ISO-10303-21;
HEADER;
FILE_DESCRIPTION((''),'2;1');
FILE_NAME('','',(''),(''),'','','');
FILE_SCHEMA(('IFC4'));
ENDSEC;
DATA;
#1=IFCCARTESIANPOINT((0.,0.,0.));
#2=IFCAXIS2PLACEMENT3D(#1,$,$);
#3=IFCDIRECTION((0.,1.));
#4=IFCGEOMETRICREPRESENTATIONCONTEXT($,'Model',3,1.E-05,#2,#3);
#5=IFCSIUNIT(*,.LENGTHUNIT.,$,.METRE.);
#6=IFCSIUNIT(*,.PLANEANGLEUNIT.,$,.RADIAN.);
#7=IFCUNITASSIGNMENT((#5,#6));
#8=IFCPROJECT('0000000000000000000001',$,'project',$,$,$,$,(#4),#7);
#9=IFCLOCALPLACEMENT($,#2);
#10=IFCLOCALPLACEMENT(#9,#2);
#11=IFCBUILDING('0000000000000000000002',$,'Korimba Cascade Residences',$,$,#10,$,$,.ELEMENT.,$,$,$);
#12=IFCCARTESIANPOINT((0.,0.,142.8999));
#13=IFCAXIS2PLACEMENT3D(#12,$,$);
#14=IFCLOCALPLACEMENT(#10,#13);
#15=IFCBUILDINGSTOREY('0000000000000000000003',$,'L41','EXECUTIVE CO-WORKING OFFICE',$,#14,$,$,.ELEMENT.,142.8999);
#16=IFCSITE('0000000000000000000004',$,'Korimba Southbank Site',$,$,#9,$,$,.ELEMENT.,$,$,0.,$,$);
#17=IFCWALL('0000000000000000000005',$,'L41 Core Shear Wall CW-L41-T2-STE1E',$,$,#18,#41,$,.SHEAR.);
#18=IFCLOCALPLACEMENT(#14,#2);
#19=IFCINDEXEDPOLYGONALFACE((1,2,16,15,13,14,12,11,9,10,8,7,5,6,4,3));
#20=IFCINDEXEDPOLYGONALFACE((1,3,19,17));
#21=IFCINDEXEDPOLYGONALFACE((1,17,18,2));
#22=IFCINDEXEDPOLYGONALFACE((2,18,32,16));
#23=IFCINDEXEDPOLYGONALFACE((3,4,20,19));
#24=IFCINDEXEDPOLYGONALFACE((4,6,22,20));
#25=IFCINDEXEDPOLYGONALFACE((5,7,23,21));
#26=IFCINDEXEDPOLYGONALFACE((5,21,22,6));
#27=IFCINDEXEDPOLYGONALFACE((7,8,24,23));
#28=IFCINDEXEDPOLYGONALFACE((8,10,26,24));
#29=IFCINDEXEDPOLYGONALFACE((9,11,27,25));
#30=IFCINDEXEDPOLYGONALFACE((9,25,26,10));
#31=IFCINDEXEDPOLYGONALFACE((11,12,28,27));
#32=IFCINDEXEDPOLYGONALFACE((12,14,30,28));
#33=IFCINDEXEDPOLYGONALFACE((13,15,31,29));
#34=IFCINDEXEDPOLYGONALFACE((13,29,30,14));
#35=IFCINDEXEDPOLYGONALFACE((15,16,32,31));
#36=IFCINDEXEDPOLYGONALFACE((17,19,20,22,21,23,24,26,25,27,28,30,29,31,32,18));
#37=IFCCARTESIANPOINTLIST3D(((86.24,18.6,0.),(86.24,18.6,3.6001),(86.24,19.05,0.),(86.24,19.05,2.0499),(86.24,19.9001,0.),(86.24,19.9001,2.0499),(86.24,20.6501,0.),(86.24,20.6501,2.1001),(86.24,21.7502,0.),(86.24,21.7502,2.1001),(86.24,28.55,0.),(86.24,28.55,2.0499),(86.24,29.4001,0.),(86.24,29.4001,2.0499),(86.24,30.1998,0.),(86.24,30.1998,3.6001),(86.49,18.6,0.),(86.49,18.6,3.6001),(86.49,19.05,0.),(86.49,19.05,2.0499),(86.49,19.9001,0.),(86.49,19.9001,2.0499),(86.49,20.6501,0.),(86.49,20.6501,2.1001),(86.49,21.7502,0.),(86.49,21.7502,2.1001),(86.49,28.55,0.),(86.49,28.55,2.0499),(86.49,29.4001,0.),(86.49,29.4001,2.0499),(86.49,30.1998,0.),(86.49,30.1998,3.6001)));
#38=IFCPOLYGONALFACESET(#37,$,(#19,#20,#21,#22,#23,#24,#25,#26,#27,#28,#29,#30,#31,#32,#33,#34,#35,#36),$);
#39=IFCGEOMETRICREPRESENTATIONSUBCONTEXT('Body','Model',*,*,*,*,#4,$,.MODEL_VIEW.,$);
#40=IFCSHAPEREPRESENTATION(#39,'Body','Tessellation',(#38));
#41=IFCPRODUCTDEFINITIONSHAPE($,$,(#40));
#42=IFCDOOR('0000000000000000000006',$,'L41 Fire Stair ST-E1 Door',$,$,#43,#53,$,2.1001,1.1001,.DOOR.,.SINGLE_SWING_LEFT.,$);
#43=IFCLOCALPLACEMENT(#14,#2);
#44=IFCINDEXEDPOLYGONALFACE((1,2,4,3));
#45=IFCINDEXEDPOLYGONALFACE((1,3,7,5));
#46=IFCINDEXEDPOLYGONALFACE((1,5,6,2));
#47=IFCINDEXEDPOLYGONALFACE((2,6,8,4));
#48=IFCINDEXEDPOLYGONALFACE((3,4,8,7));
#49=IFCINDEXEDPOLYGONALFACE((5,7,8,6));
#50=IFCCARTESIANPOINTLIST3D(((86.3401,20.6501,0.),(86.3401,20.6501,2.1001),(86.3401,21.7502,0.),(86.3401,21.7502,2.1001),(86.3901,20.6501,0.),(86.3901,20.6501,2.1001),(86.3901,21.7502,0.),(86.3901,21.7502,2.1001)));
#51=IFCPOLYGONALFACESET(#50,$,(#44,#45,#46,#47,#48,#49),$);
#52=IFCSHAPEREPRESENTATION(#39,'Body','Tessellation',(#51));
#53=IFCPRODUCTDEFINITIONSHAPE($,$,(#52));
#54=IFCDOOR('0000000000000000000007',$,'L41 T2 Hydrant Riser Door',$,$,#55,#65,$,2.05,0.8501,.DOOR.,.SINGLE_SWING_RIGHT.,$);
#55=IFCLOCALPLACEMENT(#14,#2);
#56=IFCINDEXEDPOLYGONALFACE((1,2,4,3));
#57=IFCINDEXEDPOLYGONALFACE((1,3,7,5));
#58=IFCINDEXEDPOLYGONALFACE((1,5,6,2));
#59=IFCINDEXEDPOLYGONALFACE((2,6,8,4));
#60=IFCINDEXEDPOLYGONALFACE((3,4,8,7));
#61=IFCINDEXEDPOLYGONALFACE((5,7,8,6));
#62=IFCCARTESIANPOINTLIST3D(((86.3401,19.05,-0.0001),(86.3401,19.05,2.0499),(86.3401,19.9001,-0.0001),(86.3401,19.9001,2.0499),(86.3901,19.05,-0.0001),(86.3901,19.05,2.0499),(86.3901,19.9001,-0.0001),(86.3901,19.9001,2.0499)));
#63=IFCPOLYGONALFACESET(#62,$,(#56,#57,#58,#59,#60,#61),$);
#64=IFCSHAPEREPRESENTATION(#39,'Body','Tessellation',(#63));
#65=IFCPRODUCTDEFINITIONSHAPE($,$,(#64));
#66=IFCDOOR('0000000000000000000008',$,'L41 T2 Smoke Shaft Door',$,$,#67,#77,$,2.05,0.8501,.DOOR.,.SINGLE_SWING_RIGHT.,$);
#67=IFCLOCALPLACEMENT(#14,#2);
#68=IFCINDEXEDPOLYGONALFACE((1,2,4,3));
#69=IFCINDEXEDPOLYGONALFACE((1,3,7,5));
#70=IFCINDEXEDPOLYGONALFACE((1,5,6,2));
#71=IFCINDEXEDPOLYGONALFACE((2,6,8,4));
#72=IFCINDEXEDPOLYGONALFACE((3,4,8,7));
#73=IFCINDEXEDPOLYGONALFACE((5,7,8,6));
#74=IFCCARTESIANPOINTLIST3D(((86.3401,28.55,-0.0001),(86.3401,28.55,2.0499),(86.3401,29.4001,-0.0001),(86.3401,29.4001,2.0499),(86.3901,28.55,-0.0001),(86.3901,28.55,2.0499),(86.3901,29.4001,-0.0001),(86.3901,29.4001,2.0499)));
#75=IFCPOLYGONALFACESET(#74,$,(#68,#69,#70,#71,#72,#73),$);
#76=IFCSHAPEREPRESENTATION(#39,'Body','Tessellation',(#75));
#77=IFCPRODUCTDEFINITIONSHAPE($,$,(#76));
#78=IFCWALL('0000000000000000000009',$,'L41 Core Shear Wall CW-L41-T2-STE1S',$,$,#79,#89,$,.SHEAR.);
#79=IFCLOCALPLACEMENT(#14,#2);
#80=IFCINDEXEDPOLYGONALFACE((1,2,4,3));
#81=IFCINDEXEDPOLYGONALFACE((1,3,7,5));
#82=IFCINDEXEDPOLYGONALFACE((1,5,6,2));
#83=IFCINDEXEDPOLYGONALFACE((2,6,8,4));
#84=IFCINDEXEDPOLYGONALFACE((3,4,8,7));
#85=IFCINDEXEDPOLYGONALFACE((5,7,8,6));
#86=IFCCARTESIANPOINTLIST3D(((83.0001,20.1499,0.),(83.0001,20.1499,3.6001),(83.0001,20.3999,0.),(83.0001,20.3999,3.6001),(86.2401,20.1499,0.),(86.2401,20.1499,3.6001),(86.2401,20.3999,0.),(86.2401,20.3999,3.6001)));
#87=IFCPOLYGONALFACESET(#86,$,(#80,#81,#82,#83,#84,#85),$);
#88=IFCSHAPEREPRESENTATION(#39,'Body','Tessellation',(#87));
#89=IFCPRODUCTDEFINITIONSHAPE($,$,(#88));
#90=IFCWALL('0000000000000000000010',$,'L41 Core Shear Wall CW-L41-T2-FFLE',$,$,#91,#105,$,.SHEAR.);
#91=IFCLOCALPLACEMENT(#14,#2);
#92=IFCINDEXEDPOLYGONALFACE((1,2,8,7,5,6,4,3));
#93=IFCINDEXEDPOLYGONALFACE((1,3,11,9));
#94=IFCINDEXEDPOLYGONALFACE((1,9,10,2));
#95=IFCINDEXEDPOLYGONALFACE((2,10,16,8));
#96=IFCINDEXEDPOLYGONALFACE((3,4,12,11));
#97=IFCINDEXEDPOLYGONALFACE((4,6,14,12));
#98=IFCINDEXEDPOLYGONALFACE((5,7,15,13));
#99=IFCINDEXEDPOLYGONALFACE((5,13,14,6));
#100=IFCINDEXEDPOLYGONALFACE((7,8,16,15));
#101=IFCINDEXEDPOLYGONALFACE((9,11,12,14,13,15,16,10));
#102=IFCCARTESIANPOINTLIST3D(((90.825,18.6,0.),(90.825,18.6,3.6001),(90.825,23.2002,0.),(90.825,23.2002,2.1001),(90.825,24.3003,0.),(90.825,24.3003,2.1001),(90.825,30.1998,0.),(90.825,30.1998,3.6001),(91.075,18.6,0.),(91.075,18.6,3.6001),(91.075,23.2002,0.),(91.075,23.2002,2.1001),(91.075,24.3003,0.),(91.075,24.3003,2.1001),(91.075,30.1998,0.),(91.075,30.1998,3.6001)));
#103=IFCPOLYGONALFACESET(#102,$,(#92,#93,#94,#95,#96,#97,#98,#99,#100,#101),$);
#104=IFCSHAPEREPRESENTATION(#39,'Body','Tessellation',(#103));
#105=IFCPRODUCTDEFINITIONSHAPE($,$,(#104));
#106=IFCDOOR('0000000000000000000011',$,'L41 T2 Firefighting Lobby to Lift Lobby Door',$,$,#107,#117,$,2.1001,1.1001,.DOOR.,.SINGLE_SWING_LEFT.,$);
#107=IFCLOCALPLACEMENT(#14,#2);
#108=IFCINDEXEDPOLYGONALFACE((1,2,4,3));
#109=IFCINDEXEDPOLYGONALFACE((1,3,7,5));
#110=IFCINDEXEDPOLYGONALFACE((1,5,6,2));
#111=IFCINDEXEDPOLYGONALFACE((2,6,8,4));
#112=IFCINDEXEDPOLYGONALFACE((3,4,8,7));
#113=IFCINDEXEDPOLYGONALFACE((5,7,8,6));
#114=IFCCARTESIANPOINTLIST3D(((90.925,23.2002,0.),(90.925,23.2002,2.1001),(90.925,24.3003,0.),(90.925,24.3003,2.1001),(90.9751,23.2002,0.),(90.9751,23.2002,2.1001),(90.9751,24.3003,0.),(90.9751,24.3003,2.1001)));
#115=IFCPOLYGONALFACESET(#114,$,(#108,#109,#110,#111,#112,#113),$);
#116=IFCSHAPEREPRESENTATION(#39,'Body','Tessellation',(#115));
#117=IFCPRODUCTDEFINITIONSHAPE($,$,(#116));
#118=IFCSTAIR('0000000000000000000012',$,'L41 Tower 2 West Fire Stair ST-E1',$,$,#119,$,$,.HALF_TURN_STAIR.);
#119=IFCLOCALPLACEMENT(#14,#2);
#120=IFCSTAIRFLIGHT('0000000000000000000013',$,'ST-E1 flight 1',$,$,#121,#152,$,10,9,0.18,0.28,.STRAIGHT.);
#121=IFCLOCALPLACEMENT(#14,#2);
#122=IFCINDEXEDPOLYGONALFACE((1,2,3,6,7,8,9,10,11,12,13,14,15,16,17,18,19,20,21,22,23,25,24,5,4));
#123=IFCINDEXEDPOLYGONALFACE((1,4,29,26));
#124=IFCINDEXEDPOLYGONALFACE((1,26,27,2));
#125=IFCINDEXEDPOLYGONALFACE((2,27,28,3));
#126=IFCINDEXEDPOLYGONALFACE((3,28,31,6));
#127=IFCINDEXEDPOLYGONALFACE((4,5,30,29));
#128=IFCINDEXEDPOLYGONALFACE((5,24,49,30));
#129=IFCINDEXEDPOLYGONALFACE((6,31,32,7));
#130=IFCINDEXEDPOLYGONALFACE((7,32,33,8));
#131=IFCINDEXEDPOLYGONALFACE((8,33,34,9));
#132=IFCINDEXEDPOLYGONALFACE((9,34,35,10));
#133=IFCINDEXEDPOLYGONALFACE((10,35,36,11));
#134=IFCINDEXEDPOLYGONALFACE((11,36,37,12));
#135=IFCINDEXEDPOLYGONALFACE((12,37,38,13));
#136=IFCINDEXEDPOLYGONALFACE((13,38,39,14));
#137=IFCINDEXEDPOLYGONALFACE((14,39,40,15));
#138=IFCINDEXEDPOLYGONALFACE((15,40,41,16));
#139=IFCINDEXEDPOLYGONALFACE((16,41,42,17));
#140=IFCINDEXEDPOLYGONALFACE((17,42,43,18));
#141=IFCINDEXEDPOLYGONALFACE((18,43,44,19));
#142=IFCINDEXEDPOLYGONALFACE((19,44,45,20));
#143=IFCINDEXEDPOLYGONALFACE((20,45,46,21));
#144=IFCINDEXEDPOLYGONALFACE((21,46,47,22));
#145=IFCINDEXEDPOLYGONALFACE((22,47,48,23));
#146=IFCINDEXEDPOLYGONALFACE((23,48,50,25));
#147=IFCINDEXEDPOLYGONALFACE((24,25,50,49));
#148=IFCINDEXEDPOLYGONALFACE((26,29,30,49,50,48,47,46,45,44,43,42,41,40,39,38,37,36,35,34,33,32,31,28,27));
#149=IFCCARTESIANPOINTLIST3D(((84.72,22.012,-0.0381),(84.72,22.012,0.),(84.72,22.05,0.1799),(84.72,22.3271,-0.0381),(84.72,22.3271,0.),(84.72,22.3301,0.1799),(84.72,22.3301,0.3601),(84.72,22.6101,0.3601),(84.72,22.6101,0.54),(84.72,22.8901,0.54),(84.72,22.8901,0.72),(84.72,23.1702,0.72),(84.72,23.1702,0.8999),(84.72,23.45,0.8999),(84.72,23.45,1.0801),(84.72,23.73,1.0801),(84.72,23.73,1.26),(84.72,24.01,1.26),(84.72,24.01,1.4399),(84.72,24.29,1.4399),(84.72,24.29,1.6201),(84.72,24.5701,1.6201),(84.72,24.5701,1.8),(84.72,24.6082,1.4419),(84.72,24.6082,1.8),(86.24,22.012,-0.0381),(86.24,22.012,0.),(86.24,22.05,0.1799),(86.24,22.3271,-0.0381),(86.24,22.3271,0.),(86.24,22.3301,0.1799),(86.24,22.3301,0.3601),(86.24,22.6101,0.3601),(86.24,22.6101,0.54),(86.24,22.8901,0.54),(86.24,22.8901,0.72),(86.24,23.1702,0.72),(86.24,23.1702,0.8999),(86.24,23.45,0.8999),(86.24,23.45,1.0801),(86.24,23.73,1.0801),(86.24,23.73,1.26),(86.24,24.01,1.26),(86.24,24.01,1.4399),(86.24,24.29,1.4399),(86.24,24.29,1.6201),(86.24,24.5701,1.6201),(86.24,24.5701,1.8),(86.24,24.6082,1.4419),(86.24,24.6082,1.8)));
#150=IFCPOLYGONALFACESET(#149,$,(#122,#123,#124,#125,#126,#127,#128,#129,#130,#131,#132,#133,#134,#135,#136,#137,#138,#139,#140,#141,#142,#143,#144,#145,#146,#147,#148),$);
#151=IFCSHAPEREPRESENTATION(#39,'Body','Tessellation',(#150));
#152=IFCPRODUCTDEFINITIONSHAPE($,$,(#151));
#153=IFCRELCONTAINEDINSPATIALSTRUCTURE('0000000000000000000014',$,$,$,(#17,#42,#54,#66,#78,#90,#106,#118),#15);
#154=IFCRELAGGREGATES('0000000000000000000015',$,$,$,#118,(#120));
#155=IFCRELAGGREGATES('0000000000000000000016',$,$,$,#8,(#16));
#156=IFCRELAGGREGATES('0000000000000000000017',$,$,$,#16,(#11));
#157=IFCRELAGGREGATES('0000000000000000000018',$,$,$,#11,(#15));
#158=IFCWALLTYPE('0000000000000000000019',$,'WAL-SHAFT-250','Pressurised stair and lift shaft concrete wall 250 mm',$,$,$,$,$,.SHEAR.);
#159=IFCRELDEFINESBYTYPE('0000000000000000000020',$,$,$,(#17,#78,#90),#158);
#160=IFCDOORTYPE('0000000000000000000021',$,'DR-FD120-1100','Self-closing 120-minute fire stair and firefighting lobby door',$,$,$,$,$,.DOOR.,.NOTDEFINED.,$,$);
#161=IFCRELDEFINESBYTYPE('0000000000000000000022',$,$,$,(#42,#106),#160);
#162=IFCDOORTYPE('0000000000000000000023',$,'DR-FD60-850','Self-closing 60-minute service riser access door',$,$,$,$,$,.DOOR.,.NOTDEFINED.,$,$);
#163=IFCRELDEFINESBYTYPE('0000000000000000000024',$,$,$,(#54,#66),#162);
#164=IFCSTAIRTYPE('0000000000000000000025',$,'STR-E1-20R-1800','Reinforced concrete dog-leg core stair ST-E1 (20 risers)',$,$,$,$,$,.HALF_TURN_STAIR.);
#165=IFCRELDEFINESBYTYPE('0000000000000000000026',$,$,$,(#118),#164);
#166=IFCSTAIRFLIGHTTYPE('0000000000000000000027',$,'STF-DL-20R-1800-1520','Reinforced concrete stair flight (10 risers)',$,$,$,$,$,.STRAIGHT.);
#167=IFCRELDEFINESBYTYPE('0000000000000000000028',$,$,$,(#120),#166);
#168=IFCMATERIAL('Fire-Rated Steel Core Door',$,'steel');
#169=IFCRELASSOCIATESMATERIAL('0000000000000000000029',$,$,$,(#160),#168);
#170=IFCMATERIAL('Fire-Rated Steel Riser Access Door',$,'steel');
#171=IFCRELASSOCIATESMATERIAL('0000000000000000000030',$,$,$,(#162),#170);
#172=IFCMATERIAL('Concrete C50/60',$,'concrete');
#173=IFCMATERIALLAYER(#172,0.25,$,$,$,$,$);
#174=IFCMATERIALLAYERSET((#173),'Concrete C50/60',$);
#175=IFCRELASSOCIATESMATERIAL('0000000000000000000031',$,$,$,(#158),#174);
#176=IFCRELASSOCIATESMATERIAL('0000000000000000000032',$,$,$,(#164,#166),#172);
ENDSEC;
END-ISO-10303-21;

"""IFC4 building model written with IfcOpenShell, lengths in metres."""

from ifc_helpers import new_model, si_unit, direction, frame, frame_2d, origin, place, context, subcontext, project, spatial, polyline, rectangle, outline, extrude, material, layer, layer_set, type_object, element, fill, aggregate, save


model = new_model("IFC4")

# Units and contexts
model_context = context("Model", 3, precision=1e-05, world=origin(), true_north=direction((0.0, 1.0)))
body_context = subcontext(model_context, "Body", "Model", "MODEL_VIEW")
ifc_project = project(units=[si_unit("LENGTHUNIT", "METRE"), si_unit("PLANEANGLEUNIT", "RADIAN")], contexts=[model_context])

# Site, building, storey
site_placement = place(None, origin())
site = spatial("IfcSite", under=ifc_project, at=site_placement, Name="Korimba Southbank Site", CompositionType="ELEMENT", RefElevation=0.0)
building_placement = place(site_placement, origin())
building = spatial("IfcBuilding", under=site, at=building_placement, Name="Korimba Cascade Residences", CompositionType="ELEMENT")
storey_placement = place(building_placement, frame((0.0, 0.0, 142.8999)))
storey = spatial("IfcBuildingStorey", under=building, at=storey_placement, Name="L41", Description="EXECUTIVE CO-WORKING OFFICE", CompositionType="ELEMENT", Elevation=142.8999)

# Shared definitions
ifc_material_1 = material(Name="Fire-Rated Steel Core Door", Category="steel")
door_type_1 = type_object("IfcDoorType", Name="DR-FD120-1100", Description="Self-closing 120-minute fire stair and firefighting lobby door", OperationType="NOTDEFINED", PredefinedType="DOOR", material=ifc_material_1)

# Shared definitions
ifc_material_2 = material(Name="Fire-Rated Steel Riser Access Door", Category="steel")
door_type_2 = type_object("IfcDoorType", Name="DR-FD60-850", Description="Self-closing 60-minute service riser access door", OperationType="NOTDEFINED", PredefinedType="DOOR", material=ifc_material_2)

# Shared definitions
ifc_material_3 = material(Name="Concrete C50/60", Category="concrete")
ifc_layer_1 = layer(ifc_material_3, 0.25)
ifc_layer_set_1 = layer_set([ifc_layer_1], Name="Concrete C50/60")
wall_type_1 = type_object("IfcWallType", Name="WAL-SHAFT-250", Description="Pressurised stair and lift shaft concrete wall 250 mm", PredefinedType="SHEAR", material=ifc_layer_set_1)

# Wall, openings, doors
wall_1_placement = place(storey_placement, frame((86.365, 18.6001, 0.0), z_axis=(0.0, 0.0, 1.0), x_axis=(0.0, 1.0, 0.0)))
wall_1 = element("IfcWall", 1, at=wall_1_placement, inside=storey, type_object=wall_type_1, Name="L41 Core Shear Wall CW-L41-T2-STE1E", PredefinedType="SHEAR", context=body_context, shape_type="SweptSolid", body=[
    extrude(rectangle(XDim=11.5999, YDim=0.25, at=frame_2d((5.7998, 0.0))), origin(), (0.0, 0.0, 1.0), 3.6001),
])
opening_1_placement = place(wall_1_placement, frame((0.45, 0.0, 0.0)))
opening_1 = element("IfcOpeningElement", 2, at=opening_1_placement, cuts=wall_1, PredefinedType="OPENING", context=body_context, shape_type="SweptSolid", body=[
    extrude(rectangle(XDim=0.8501, YDim=2.05, at=frame_2d((0.425, 1.0249))), frame((0.0, 0.135, 0.0), z_axis=(0.0, -1.0, 0.0), x_axis=(1.0, 0.0, 0.0)), (0.0, 0.0, 1.0), 0.27),
])
opening_2_placement = place(wall_1_placement, frame((2.05, 0.0, 0.0)))
opening_2 = element("IfcOpeningElement", 3, at=opening_2_placement, cuts=wall_1, PredefinedType="OPENING", context=body_context, shape_type="SweptSolid", body=[
    extrude(rectangle(XDim=1.1001, YDim=2.1001, at=frame_2d((0.55, 1.05))), frame((0.0, 0.135, 0.0), z_axis=(0.0, -1.0, 0.0), x_axis=(1.0, 0.0, 0.0)), (0.0, 0.0, 1.0), 0.27),
])
opening_3_placement = place(wall_1_placement, frame((9.95, 0.0, 0.0)))
opening_3 = element("IfcOpeningElement", 4, at=opening_3_placement, cuts=wall_1, PredefinedType="OPENING", context=body_context, shape_type="SweptSolid", body=[
    extrude(rectangle(XDim=0.8501, YDim=2.05, at=frame_2d((0.425, 1.0249))), frame((0.0, 0.135, 0.0), z_axis=(0.0, -1.0, 0.0), x_axis=(1.0, 0.0, 0.0)), (0.0, 0.0, 1.0), 0.27),
])
door_1_placement = place(opening_2_placement, origin())
door_1 = element("IfcDoor", 5, at=door_1_placement, inside=storey, type_object=door_type_1, Name="L41 Fire Stair ST-E1 Door", OperationType="SINGLE_SWING_LEFT", OverallHeight=2.1001, OverallWidth=1.1001, PredefinedType="DOOR", context=body_context, shape_type="SweptSolid", body=[
    extrude(rectangle(XDim=1.1001, YDim=2.1001, at=frame_2d((0.55, 1.05))), frame((0.0, 0.0249, 0.0), z_axis=(0.0, -1.0, 0.0), x_axis=(1.0, 0.0, 0.0)), (0.0, 0.0, 1.0), 0.05),
])
fill(opening_2, door_1)
door_2_placement = place(opening_1_placement, origin())
door_2 = element("IfcDoor", 6, at=door_2_placement, inside=storey, type_object=door_type_2, Name="L41 T2 Hydrant Riser Door", OperationType="SINGLE_SWING_RIGHT", OverallHeight=2.05, OverallWidth=0.8501, PredefinedType="DOOR", context=body_context, shape_type="SweptSolid", body=[
    extrude(rectangle(XDim=0.8501, YDim=2.05, at=frame_2d((0.425, 1.0249))), frame((0.0, 0.0249, 0.0), z_axis=(0.0, -1.0, 0.0), x_axis=(1.0, 0.0, 0.0)), (0.0, 0.0, 1.0), 0.05),
])
fill(opening_1, door_2)
door_3_placement = place(opening_3_placement, origin())
door_3 = element("IfcDoor", 7, at=door_3_placement, inside=storey, type_object=door_type_2, Name="L41 T2 Smoke Shaft Door", OperationType="SINGLE_SWING_RIGHT", OverallHeight=2.05, OverallWidth=0.8501, PredefinedType="DOOR", context=body_context, shape_type="SweptSolid", body=[
    extrude(rectangle(XDim=0.8501, YDim=2.05, at=frame_2d((0.425, 1.0249))), frame((0.0, 0.0249, 0.0), z_axis=(0.0, -1.0, 0.0), x_axis=(1.0, 0.0, 0.0)), (0.0, 0.0, 1.0), 0.05),
])
fill(opening_3, door_3)

# Wall
wall_2_placement = place(storey_placement, frame((83.0, 20.2749, 0.0), z_axis=(0.0, 0.0, 1.0), x_axis=(1.0, 0.0, 0.0)))
element("IfcWall", 8, at=wall_2_placement, inside=storey, type_object=wall_type_1, Name="L41 Core Shear Wall CW-L41-T2-STE1S", PredefinedType="SHEAR", context=body_context, shape_type="SweptSolid", body=[
    extrude(rectangle(XDim=3.24, YDim=0.25, at=frame_2d((1.6201, 0.0))), origin(), (0.0, 0.0, 1.0), 3.6001),
])

# Wall, opening, door
wall_3_placement = place(storey_placement, frame((90.95, 18.6001, 0.0), z_axis=(0.0, 0.0, 1.0), x_axis=(0.0, 1.0, 0.0)))
wall_3 = element("IfcWall", 9, at=wall_3_placement, inside=storey, type_object=wall_type_1, Name="L41 Core Shear Wall CW-L41-T2-FFLE", PredefinedType="SHEAR", context=body_context, shape_type="SweptSolid", body=[
    extrude(rectangle(XDim=11.5999, YDim=0.25, at=frame_2d((5.7998, 0.0))), origin(), (0.0, 0.0, 1.0), 3.6001),
])
opening_4_placement = place(wall_3_placement, frame((4.6001, 0.0, 0.0)))
opening_4 = element("IfcOpeningElement", 10, at=opening_4_placement, cuts=wall_3, PredefinedType="OPENING", context=body_context, shape_type="SweptSolid", body=[
    extrude(rectangle(XDim=1.1001, YDim=2.1001, at=frame_2d((0.55, 1.05))), frame((0.0, 0.135, 0.0), z_axis=(0.0, -1.0, 0.0), x_axis=(1.0, 0.0, 0.0)), (0.0, 0.0, 1.0), 0.27),
])
door_4_placement = place(opening_4_placement, origin())
door_4 = element("IfcDoor", 11, at=door_4_placement, inside=storey, type_object=door_type_1, Name="L41 T2 Firefighting Lobby to Lift Lobby Door", OperationType="SINGLE_SWING_LEFT", OverallHeight=2.1001, OverallWidth=1.1001, PredefinedType="DOOR", context=body_context, shape_type="SweptSolid", body=[
    extrude(rectangle(XDim=1.1001, YDim=2.1001, at=frame_2d((0.55, 1.05))), frame((0.0, 0.0249, 0.0), z_axis=(0.0, -1.0, 0.0), x_axis=(1.0, 0.0, 0.0)), (0.0, 0.0, 1.0), 0.05),
])
fill(opening_4, door_4)

# Stair, stair flight
stair_type = type_object("IfcStairType", Name="STR-E1-20R-1800", Description="Reinforced concrete dog-leg core stair ST-E1 (20 risers)", PredefinedType="HALF_TURN_STAIR", material=ifc_material_3)
stair_placement = place(storey_placement, origin())
stair = element("IfcStair", 12, at=stair_placement, inside=storey, type_object=stair_type, Name="L41 Tower 2 West Fire Stair ST-E1", PredefinedType="HALF_TURN_STAIR")
stair_flight_type = type_object("IfcStairFlightType", Name="STF-DL-20R-1800-1520", Description="Reinforced concrete stair flight (10 risers)", PredefinedType="STRAIGHT", material=ifc_material_3)
stair_flight_1_placement = place(storey_placement, frame((85.48, 22.05, 0.0), z_axis=(0.0, 0.0, 1.0), x_axis=(0.0, 1.0, 0.0)))
stair_flight_1 = element("IfcStairFlight", 13, at=stair_flight_1_placement, type_object=stair_flight_type, Name="ST-E1 flight 1", NumberOfRisers=10, NumberOfTreads=9, PredefinedType="STRAIGHT", RiserHeight=0.18, TreadLength=0.28, context=body_context, shape_type="SweptSolid", body=[
    extrude(outline(polyline([(-0.0381, 0.0), (0.0, 0.1799), (0.28, 0.1799), (0.28, 0.3601), (0.5601, 0.3601), (0.5601, 0.54), (0.8401, 0.54), (0.8401, 0.72), (1.1201, 0.72), (1.1201, 0.8999), (1.3999, 0.8999), (1.3999, 1.0801), (1.6799, 1.0801), (1.6799, 1.26), (1.96, 1.26), (1.96, 1.4399), (2.24, 1.4399), (2.24, 1.6201), (2.52, 1.6201), (2.52, 1.8), (2.5581, 1.8), (2.5581, 1.4419), (0.2771, 0.0), (0.2771, -0.0381), (-0.0381, -0.0381), (-0.0381, 0.0)])), frame((0.0, 0.76, 0.0), z_axis=(0.0, -1.0, 0.0), x_axis=(1.0, 0.0, 0.0)), (0.0, 0.0, 1.0), 1.52),
])
aggregate(stair, [stair_flight_1])

save(model, "model.ifc")
